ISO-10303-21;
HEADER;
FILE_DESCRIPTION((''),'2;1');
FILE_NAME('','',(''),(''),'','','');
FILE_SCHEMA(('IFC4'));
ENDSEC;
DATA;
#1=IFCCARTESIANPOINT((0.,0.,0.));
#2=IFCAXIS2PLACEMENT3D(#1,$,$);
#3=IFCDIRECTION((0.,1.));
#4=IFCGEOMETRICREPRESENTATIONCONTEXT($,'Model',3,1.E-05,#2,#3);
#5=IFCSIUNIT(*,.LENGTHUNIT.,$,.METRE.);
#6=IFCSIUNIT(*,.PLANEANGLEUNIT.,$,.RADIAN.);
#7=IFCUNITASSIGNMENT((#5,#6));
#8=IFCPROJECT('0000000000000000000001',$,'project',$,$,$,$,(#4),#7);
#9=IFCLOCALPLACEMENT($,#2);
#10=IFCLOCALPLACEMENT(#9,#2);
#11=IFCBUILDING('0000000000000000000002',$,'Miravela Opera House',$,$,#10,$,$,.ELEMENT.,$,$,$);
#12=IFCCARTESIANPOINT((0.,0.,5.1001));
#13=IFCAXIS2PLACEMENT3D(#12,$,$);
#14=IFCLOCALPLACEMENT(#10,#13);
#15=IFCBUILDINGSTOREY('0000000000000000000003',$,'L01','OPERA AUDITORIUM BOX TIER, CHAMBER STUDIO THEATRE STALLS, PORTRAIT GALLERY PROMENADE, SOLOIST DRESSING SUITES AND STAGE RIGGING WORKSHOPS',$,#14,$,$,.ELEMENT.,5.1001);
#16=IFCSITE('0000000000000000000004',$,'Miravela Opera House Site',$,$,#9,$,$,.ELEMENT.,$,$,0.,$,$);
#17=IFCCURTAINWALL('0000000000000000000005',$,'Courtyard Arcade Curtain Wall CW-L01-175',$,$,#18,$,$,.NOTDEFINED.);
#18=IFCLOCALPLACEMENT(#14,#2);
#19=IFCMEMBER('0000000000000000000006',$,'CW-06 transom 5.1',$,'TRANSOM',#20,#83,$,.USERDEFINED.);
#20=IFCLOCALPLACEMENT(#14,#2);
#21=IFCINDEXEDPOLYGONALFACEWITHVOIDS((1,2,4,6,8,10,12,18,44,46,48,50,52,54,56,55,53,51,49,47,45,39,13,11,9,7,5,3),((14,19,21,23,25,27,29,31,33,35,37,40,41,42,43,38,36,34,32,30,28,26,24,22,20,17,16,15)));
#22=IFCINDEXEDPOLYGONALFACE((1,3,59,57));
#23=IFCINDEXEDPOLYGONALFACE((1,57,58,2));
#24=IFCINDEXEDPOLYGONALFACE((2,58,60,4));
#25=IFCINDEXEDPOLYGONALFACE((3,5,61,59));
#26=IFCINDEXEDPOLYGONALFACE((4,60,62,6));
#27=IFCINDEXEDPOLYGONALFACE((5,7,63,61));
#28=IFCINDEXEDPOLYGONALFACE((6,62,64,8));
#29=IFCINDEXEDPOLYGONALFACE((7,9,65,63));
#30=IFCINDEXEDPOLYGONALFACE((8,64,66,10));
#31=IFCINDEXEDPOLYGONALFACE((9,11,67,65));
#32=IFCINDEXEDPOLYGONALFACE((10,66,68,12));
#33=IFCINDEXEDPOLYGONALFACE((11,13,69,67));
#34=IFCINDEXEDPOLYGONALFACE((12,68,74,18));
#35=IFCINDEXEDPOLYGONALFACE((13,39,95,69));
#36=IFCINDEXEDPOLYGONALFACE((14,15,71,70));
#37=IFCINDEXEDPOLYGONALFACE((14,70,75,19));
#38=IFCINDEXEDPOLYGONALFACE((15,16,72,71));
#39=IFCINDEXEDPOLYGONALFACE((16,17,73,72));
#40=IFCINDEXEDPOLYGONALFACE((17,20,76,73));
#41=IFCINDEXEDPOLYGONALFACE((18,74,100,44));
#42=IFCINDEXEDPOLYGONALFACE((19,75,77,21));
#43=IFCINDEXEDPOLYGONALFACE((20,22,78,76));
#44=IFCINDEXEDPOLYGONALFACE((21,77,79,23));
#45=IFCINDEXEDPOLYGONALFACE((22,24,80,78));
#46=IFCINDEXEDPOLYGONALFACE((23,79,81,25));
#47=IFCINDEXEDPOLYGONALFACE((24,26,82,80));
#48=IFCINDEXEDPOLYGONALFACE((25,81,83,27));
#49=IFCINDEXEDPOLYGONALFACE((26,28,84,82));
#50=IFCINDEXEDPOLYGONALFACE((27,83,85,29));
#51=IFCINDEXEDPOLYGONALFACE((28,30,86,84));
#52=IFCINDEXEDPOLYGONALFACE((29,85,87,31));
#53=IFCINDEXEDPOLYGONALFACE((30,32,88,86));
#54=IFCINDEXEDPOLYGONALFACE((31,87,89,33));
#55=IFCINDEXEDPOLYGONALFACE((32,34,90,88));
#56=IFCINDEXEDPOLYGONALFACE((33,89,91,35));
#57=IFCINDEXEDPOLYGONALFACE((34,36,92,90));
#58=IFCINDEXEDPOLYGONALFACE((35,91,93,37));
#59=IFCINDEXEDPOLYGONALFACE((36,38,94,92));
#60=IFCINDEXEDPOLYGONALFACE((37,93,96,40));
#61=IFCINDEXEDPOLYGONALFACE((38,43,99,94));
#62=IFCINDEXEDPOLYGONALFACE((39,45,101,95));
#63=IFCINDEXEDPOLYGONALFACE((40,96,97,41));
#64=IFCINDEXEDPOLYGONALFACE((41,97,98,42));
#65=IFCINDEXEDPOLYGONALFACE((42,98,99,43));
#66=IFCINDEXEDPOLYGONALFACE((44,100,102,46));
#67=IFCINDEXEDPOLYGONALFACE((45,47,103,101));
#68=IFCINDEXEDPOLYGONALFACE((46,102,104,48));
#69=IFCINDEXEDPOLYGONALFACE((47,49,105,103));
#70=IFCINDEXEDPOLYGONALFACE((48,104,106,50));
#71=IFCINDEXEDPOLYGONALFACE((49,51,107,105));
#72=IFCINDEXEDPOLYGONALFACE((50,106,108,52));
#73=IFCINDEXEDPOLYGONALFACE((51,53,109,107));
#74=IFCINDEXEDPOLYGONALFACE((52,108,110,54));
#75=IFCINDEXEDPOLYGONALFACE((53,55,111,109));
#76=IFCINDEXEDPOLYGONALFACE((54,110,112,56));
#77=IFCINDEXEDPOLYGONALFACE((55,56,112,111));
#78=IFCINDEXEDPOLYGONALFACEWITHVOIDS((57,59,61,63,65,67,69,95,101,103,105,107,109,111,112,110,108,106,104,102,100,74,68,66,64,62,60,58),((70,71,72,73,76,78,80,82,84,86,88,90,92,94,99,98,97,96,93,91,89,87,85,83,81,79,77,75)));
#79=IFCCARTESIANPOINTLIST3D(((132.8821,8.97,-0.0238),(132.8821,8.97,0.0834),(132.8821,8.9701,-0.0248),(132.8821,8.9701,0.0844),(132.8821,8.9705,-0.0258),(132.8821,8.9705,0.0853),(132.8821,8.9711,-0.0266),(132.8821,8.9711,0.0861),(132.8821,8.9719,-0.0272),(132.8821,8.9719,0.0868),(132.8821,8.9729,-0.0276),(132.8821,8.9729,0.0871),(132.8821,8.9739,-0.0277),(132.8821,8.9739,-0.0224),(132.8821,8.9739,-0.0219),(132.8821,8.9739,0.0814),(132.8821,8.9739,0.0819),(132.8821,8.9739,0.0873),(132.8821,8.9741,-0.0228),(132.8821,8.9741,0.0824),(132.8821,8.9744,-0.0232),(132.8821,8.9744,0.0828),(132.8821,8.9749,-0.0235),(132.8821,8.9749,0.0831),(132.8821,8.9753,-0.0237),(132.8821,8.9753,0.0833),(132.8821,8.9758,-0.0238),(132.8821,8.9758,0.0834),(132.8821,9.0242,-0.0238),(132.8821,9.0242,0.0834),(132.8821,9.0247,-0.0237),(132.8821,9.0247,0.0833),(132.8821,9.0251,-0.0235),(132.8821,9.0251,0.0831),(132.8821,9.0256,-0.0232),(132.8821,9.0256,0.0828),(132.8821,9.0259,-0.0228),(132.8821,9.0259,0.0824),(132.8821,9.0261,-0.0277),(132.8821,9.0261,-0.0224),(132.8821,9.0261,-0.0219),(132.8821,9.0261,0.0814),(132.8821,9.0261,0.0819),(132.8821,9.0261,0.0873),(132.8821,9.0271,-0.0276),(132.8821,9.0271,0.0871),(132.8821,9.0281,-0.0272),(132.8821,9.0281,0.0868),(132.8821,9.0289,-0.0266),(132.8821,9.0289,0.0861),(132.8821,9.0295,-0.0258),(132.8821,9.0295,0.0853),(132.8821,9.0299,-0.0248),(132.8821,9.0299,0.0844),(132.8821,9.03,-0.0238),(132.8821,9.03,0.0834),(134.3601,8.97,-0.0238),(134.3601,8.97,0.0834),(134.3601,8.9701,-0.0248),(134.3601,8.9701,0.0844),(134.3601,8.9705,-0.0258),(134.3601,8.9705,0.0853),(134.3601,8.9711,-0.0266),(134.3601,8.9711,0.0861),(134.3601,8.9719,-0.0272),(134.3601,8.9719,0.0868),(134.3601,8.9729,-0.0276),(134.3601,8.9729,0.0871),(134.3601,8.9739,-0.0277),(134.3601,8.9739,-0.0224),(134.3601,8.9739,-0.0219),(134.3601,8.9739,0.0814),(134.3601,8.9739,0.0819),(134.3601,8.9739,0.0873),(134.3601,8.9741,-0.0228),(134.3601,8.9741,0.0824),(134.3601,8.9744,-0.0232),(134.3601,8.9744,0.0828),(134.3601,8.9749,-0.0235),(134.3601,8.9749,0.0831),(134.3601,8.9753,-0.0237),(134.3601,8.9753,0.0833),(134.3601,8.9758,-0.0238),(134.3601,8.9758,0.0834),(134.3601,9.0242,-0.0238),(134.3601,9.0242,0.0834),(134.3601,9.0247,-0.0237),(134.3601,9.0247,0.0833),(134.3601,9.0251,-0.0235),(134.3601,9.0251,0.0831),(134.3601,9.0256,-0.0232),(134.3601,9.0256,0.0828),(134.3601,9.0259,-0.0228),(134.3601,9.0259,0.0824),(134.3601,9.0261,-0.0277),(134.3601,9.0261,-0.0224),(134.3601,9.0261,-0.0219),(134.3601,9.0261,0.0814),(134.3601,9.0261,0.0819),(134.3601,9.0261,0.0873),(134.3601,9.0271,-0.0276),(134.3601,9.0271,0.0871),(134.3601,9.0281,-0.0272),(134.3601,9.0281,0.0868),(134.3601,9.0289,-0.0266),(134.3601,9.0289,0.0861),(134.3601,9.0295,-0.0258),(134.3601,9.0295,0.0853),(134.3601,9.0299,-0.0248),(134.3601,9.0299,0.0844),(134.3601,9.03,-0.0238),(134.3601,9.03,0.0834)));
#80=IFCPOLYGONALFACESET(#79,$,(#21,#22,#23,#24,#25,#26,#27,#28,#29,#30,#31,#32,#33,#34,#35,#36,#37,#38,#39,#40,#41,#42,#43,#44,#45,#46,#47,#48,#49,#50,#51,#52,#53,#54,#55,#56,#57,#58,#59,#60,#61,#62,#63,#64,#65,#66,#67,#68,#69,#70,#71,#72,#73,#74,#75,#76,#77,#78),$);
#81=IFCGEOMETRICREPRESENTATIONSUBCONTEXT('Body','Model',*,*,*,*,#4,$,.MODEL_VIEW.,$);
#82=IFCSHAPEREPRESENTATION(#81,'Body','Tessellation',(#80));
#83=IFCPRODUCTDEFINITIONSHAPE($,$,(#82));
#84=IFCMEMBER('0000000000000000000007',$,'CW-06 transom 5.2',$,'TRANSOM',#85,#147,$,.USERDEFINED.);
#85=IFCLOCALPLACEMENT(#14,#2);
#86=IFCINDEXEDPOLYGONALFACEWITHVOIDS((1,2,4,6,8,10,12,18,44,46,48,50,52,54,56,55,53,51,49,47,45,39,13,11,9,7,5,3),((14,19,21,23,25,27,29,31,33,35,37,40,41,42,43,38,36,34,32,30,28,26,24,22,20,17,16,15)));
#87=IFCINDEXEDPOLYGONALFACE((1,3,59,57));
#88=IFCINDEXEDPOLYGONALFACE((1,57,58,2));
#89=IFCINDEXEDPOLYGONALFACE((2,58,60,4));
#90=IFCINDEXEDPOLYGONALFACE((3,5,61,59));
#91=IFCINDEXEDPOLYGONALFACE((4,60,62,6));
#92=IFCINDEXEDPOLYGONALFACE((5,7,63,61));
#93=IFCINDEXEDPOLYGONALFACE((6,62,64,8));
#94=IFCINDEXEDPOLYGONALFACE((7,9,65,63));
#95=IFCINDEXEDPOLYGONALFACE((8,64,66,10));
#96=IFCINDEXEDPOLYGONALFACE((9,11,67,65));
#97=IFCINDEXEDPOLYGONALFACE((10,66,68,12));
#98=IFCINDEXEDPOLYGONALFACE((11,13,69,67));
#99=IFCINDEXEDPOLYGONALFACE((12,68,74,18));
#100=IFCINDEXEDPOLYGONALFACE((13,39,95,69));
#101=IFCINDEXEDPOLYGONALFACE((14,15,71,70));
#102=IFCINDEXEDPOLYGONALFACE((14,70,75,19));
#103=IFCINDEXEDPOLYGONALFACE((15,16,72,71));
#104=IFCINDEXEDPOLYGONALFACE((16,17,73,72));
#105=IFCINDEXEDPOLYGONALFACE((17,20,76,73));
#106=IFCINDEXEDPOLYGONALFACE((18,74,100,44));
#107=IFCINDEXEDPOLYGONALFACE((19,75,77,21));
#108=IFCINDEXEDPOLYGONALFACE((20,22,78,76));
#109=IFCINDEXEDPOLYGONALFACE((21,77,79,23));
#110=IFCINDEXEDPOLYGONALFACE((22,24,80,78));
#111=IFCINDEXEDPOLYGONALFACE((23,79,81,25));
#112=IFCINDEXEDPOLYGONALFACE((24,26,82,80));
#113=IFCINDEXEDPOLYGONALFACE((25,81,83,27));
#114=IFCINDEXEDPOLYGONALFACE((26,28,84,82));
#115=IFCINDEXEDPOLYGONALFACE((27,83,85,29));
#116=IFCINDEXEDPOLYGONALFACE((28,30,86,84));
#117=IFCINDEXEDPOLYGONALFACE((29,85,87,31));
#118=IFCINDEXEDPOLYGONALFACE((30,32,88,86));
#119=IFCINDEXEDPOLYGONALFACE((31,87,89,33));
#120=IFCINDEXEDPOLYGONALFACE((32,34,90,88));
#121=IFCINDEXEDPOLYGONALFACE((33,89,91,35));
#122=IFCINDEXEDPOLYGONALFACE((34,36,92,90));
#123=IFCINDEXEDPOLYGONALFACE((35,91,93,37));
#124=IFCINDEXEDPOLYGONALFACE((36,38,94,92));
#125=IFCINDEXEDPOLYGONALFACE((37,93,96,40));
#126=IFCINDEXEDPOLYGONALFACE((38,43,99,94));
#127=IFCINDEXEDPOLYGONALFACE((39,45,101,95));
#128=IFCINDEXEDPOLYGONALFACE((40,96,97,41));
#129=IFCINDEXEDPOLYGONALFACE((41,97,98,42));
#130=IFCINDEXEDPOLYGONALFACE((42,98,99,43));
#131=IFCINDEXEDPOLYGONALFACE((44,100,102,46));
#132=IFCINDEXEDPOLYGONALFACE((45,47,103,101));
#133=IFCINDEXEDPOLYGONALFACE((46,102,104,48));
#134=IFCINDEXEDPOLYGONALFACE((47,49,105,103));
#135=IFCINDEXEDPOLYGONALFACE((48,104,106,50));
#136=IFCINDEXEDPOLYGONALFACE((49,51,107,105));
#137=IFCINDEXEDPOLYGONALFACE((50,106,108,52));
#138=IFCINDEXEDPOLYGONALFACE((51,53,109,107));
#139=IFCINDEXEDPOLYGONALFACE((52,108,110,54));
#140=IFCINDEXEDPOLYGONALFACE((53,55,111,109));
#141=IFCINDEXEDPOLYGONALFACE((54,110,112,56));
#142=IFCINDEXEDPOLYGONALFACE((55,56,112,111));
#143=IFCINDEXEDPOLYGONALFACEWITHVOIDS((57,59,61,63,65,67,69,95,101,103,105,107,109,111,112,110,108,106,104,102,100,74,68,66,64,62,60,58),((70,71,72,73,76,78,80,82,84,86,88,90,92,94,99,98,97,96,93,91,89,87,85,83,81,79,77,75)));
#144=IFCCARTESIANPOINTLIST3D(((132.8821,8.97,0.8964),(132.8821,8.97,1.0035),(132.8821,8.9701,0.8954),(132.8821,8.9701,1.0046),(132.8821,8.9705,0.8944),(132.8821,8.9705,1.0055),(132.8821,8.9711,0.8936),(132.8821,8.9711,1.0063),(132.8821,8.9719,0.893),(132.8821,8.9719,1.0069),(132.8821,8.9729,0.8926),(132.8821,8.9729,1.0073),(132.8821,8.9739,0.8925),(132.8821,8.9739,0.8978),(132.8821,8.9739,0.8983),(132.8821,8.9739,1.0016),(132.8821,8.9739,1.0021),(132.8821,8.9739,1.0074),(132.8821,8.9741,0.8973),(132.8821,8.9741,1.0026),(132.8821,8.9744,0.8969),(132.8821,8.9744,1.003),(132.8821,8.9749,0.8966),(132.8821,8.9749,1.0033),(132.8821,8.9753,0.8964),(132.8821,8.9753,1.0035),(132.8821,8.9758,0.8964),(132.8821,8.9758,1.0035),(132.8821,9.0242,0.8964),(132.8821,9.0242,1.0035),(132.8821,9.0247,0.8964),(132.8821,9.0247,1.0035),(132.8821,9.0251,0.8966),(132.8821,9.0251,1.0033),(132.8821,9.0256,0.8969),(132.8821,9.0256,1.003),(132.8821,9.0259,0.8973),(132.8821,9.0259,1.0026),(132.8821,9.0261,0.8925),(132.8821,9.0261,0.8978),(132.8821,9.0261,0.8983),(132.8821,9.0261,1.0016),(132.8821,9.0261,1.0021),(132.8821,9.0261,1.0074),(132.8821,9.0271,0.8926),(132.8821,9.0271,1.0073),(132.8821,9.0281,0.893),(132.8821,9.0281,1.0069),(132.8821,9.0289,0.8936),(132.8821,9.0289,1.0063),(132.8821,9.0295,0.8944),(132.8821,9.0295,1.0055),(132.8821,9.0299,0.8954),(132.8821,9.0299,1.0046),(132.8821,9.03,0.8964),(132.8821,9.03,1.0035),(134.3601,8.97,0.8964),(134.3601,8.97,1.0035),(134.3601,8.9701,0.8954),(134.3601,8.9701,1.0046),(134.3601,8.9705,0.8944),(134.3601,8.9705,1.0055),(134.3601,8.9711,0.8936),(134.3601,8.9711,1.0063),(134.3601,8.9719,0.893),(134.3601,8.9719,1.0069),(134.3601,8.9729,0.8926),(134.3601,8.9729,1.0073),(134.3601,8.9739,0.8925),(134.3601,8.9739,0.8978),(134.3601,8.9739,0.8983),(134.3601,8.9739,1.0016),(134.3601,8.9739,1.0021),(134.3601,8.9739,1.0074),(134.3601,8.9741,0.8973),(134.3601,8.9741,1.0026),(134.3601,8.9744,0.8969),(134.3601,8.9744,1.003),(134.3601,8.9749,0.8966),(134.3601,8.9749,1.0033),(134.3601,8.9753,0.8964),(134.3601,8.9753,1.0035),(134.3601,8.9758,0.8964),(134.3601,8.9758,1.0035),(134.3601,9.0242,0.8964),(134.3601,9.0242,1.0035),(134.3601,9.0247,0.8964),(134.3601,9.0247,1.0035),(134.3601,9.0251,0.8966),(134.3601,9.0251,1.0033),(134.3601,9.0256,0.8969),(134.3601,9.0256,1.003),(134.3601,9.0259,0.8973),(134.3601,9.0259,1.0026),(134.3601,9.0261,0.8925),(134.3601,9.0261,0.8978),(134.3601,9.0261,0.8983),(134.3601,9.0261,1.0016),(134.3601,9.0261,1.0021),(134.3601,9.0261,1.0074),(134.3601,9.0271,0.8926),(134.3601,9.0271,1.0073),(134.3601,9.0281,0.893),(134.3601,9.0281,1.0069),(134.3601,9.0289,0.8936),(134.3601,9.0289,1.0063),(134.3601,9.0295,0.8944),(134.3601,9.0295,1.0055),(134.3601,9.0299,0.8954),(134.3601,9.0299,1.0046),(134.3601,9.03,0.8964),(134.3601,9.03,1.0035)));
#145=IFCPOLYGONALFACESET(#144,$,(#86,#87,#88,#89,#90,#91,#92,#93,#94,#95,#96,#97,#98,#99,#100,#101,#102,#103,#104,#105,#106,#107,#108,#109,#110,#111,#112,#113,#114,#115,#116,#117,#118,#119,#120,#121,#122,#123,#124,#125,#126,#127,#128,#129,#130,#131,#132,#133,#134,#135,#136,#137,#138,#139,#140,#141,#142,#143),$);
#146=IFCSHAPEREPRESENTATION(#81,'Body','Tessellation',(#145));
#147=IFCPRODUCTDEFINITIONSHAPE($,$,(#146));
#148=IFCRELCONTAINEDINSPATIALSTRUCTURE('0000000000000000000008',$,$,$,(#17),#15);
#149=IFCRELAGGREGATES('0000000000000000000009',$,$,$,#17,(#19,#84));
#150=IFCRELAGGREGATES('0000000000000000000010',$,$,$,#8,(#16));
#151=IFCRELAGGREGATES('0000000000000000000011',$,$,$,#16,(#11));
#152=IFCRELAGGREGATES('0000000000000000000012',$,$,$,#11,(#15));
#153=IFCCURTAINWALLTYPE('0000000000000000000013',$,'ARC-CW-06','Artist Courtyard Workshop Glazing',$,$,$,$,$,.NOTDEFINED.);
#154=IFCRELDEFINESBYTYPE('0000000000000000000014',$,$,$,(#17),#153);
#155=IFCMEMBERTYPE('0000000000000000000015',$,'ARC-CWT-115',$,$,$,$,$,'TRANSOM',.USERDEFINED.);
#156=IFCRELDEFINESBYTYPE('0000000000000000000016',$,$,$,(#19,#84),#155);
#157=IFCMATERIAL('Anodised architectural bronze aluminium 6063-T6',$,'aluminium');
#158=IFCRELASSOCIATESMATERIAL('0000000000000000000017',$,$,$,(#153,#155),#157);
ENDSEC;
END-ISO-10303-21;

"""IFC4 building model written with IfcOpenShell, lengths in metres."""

from ifc_helpers import new_model, si_unit, direction, frame, origin, origin_2d, place, context, subcontext, project, spatial, hollow_rectangle, extrude, material, material_profile, profile_set, type_object, element, aggregate, save


model = new_model("IFC4")

# Units and contexts
model_context = context("Model", 3, precision=1e-05, world=origin(), true_north=direction((0.0, 1.0)))
body_context = subcontext(model_context, "Body", "Model", "MODEL_VIEW")
ifc_project = project(units=[si_unit("LENGTHUNIT", "METRE"), si_unit("PLANEANGLEUNIT", "RADIAN")], contexts=[model_context])

# Site, building, storey
site_placement = place(None, origin())
site = spatial("IfcSite", under=ifc_project, at=site_placement, Name="Miravela Opera House Site", CompositionType="ELEMENT", RefElevation=0.0)
building_placement = place(site_placement, origin())
building = spatial("IfcBuilding", under=site, at=building_placement, Name="Miravela Opera House", CompositionType="ELEMENT")
storey_placement = place(building_placement, frame((0.0, 0.0, 5.1001)))
storey = spatial("IfcBuildingStorey", under=building, at=storey_placement, Name="L01", Description="OPERA AUDITORIUM BOX TIER, CHAMBER STUDIO THEATRE STALLS, PORTRAIT GALLERY PROMENADE, SOLOIST DRESSING SUITES AND STAGE RIGGING WORKSHOPS", CompositionType="ELEMENT", Elevation=5.1001)

# Curtain wall
ifc_material_1 = material(Name="Anodised architectural bronze aluminium 6063-T6", Category="aluminium")
curtain_wall_type = type_object("IfcCurtainWallType", Name="ARC-CW-06", Description="Artist Courtyard Workshop Glazing", PredefinedType="NOTDEFINED", material=ifc_material_1)
curtain_wall_1_placement = place(storey_placement, origin())
curtain_wall_1 = element("IfcCurtainWall", 1, at=curtain_wall_1_placement, inside=storey, type_object=curtain_wall_type, Name="Courtyard Arcade Curtain Wall CW-L01-175", PredefinedType="NOTDEFINED")

# Members
ifc_material_profile_1 = material_profile(ifc_material_1, hollow_rectangle(XDim=0.0601, YDim=0.115, WallThickness=0.0039, InnerFilletRadius=0.002, OuterFilletRadius=0.0039, at=origin_2d()), Name="CWT-60X115")
ifc_profile_set_1 = profile_set([ifc_material_profile_1])
member_type_1 = type_object("IfcMemberType", Name="ARC-CWT-115", ElementType="TRANSOM", PredefinedType="USERDEFINED", material=ifc_profile_set_1)
member_1_placement = place(storey_placement, frame((132.8821, 9.0, 0.0298), z_axis=(1.0, 0.0, 0.0), x_axis=(0.0, 1.0, 0.0)))
member_1 = element("IfcMember", 2, at=member_1_placement, type_object=member_type_1, Name="CW-06 transom 5.1", ObjectType="TRANSOM", PredefinedType="USERDEFINED", context=body_context, shape_type="SweptSolid", body=[
    extrude(hollow_rectangle(XDim=0.0601, YDim=0.115, WallThickness=0.0039, InnerFilletRadius=0.002, OuterFilletRadius=0.0039, at=origin_2d()), origin(), (0.0, 0.0, 1.0), 1.478),
])
member_2_placement = place(storey_placement, frame((132.8821, 9.0, 0.95), z_axis=(1.0, 0.0, 0.0), x_axis=(0.0, 1.0, 0.0)))
member_2 = element("IfcMember", 3, at=member_2_placement, type_object=member_type_1, Name="CW-06 transom 5.2", ObjectType="TRANSOM", PredefinedType="USERDEFINED", context=body_context, shape_type="SweptSolid", body=[
    extrude(hollow_rectangle(XDim=0.0601, YDim=0.115, WallThickness=0.0039, InnerFilletRadius=0.002, OuterFilletRadius=0.0039, at=origin_2d()), origin(), (0.0, 0.0, 1.0), 1.478),
])

aggregate(curtain_wall_1, [member_1, member_2])

save(model, "model.ifc")
